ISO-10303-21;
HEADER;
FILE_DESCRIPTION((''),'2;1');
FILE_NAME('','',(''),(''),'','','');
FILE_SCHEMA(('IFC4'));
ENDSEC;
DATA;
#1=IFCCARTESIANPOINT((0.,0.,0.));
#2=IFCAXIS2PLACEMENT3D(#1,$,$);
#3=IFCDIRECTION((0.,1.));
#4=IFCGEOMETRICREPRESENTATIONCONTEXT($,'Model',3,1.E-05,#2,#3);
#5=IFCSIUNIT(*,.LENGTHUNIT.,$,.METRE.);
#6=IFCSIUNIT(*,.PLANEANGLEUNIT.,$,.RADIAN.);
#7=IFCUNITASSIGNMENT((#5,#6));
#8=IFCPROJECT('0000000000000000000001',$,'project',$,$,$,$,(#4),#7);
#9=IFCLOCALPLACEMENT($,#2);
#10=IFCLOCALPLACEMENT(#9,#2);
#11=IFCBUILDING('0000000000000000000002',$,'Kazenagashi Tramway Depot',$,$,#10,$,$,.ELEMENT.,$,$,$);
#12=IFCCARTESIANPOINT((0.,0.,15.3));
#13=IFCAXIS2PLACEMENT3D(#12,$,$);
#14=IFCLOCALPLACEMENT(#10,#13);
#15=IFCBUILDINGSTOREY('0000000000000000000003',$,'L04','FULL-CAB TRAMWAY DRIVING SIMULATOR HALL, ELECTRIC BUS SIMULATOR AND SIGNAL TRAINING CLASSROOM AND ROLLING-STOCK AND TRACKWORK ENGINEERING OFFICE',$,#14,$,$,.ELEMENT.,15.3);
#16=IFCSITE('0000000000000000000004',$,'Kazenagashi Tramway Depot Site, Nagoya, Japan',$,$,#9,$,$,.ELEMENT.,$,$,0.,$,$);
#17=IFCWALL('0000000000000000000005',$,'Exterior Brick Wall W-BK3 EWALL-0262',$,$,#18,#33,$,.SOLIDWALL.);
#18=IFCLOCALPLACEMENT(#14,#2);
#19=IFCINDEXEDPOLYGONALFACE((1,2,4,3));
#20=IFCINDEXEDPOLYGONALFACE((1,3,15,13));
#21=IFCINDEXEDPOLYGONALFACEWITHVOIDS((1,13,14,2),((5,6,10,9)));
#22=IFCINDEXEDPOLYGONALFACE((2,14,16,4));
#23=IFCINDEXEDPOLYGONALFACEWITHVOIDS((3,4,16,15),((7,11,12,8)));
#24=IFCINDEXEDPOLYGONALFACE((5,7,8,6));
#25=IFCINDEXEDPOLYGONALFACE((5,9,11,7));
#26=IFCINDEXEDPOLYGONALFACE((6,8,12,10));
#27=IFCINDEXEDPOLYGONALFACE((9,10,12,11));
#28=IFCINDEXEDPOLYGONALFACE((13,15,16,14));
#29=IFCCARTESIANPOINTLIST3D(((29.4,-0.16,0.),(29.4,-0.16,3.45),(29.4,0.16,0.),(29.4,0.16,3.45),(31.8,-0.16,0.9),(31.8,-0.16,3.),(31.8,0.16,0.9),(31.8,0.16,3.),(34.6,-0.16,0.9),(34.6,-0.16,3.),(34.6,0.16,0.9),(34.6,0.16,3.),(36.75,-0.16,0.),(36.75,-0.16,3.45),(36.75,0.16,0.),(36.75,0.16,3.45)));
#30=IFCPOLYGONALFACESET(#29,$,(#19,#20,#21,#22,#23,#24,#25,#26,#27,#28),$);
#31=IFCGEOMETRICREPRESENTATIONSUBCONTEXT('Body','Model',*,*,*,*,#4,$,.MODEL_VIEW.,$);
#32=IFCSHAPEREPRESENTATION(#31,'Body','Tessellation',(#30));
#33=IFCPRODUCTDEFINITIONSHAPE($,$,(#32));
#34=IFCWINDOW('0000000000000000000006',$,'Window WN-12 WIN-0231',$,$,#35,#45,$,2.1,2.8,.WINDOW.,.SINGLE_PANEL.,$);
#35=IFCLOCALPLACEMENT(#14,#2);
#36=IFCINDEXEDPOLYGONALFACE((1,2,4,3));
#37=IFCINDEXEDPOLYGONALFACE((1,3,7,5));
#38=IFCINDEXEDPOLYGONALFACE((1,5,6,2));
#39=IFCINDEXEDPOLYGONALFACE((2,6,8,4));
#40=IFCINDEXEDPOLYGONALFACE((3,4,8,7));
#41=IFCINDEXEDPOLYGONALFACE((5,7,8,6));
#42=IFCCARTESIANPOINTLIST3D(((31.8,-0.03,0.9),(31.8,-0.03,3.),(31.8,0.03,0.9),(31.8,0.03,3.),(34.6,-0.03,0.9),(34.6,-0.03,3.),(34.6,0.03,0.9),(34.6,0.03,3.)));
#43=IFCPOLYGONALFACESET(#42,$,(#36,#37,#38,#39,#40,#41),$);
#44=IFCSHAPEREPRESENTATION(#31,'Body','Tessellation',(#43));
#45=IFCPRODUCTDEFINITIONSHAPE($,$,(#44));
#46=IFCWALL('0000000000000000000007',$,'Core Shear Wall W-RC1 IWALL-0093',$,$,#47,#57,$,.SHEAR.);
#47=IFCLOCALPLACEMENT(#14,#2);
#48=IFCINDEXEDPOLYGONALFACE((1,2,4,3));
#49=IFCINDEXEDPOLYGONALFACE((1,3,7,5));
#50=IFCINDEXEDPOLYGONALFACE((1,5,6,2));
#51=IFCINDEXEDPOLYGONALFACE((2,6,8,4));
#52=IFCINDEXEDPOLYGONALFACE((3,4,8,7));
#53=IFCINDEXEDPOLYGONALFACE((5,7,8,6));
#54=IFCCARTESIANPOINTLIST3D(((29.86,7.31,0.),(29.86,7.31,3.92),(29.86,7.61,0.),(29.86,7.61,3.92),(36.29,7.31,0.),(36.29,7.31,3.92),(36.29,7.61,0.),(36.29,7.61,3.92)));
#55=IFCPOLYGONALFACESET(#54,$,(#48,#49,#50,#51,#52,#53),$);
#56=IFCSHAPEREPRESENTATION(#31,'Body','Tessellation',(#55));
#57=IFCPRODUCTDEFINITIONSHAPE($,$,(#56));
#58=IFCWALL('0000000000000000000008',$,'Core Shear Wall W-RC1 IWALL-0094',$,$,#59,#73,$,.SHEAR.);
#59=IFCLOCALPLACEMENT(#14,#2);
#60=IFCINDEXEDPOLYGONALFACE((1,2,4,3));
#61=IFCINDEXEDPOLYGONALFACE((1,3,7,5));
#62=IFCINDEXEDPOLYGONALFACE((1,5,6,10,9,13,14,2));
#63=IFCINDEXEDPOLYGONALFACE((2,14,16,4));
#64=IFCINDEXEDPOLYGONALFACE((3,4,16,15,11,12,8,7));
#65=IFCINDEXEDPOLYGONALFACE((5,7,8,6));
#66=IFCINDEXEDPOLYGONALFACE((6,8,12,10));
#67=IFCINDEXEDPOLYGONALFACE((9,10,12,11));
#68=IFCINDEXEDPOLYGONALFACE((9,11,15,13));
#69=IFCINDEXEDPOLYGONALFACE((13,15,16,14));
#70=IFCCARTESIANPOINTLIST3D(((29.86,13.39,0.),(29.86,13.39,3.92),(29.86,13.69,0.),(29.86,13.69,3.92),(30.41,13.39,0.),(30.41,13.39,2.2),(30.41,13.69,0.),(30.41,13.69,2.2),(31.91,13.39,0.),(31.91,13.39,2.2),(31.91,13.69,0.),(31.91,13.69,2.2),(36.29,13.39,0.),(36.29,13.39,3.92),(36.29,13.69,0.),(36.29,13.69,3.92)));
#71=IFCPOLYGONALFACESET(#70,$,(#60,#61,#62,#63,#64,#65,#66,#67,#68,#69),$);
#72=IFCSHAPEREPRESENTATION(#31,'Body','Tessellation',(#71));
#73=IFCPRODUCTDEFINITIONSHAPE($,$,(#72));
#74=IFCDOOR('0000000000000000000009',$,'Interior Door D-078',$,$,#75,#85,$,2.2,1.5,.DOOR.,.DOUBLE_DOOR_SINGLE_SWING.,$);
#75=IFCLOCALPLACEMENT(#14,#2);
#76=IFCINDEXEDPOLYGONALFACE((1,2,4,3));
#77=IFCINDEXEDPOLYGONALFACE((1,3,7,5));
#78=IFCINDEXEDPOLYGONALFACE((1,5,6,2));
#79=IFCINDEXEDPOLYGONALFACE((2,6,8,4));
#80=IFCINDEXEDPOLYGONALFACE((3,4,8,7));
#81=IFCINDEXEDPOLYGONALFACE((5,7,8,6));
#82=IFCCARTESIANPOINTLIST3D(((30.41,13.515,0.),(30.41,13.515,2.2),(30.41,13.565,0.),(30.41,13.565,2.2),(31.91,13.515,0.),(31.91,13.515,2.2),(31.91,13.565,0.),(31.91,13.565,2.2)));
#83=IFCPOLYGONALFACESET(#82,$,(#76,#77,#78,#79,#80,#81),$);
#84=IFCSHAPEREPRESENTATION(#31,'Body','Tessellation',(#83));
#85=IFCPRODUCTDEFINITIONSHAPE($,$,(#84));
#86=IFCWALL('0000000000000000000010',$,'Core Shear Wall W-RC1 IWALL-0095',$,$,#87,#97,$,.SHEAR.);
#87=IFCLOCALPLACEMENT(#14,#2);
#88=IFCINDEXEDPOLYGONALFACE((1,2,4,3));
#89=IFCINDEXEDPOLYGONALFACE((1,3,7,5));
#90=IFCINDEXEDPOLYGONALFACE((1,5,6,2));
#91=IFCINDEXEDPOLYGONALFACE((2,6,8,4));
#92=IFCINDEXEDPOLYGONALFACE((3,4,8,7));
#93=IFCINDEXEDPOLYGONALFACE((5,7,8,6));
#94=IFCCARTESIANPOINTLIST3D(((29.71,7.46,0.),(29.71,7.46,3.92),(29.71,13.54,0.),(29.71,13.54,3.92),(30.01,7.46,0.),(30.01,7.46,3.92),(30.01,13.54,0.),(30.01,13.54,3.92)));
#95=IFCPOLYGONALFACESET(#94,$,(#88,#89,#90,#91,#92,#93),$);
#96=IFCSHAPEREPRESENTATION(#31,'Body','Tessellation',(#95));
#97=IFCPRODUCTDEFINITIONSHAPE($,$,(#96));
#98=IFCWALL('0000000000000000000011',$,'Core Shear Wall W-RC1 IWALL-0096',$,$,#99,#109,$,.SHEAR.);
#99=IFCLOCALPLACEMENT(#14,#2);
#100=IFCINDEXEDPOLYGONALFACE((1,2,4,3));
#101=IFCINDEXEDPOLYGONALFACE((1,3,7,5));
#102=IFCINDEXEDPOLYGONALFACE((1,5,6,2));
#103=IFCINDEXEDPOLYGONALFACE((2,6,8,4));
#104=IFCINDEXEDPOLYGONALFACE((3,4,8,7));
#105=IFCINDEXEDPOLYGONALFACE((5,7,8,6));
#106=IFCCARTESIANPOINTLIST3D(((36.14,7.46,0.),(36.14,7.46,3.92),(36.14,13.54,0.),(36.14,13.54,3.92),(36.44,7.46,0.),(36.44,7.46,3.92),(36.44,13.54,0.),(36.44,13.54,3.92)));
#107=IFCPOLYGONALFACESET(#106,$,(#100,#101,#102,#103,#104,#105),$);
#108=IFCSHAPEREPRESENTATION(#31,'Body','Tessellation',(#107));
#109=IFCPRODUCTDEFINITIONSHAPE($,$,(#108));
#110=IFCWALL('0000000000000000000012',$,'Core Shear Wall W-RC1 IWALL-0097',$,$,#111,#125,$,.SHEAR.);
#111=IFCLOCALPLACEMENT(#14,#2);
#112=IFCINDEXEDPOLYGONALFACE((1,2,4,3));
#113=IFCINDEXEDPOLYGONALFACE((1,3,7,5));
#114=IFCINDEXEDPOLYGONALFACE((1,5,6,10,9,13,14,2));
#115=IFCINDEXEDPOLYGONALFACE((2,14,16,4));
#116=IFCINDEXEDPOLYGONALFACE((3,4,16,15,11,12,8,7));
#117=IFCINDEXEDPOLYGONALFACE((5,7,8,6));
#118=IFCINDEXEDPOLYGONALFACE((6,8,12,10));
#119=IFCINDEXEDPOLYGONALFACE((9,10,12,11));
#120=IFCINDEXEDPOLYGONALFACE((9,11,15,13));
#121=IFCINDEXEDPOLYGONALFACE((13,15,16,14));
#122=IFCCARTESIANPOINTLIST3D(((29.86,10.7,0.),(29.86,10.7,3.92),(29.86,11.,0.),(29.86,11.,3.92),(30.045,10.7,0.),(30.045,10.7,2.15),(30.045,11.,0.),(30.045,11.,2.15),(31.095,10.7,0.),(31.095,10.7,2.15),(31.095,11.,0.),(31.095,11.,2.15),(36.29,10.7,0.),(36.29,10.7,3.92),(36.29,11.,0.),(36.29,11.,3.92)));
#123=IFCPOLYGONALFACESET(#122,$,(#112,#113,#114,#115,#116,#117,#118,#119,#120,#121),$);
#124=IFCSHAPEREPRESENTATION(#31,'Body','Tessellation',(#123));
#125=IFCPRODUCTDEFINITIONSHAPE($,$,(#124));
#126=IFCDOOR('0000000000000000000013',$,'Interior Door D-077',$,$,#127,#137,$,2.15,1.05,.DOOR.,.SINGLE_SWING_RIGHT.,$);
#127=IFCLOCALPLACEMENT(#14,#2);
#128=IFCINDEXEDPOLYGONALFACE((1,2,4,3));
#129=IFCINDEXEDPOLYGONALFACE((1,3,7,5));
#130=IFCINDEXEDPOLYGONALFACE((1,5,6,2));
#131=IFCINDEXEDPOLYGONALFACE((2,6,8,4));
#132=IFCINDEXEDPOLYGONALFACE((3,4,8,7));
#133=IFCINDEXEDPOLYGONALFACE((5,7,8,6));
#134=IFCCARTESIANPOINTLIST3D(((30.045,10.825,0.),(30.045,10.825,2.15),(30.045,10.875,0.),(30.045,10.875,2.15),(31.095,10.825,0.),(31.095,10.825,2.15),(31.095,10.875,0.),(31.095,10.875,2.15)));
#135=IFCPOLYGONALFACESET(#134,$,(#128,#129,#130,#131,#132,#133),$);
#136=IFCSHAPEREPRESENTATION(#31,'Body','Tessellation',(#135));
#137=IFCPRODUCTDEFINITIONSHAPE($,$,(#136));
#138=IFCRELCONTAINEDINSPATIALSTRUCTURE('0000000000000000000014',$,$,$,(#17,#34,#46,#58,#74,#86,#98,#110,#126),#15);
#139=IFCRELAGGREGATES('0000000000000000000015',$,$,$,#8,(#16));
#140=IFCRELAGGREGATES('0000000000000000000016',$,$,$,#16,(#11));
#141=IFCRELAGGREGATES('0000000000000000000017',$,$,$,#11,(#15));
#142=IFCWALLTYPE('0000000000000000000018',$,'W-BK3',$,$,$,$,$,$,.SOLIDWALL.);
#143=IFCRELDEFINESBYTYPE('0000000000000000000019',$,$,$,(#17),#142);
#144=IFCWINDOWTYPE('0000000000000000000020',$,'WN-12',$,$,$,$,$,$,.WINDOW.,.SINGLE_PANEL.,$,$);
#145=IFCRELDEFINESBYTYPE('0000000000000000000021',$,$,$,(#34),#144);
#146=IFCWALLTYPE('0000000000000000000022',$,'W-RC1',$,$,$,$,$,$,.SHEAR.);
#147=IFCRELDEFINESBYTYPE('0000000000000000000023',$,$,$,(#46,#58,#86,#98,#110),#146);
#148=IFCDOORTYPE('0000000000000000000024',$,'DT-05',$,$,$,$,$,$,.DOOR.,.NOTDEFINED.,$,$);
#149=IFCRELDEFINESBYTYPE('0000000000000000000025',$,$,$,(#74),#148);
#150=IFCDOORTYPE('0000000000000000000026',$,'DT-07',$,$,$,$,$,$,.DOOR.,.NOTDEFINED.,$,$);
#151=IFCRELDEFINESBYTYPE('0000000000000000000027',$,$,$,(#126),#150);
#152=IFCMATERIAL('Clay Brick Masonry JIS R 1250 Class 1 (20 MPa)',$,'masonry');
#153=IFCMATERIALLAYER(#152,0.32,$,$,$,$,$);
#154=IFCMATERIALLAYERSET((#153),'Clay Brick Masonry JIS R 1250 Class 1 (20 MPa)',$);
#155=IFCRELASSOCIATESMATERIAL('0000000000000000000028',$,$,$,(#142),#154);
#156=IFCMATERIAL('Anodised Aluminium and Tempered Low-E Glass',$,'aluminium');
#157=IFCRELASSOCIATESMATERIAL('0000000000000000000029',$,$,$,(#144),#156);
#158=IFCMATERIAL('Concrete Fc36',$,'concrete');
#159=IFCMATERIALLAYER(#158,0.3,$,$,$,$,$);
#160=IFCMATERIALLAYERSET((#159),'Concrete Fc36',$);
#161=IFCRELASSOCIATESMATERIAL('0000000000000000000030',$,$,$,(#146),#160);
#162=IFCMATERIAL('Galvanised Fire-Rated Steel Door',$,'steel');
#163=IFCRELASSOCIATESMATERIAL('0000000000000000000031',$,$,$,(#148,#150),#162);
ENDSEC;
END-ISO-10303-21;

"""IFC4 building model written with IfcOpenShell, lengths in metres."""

from ifc_helpers import new_model, si_unit, direction, frame, frame_2d, origin, place, context, subcontext, project, spatial, rectangle, extrude, material, layer, layer_set, type_object, element, fill, save


model = new_model("IFC4")

# Units and contexts
model_context = context("Model", 3, precision=1e-05, world=origin(), true_north=direction((0.0, 1.0)))
body_context = subcontext(model_context, "Body", "Model", "MODEL_VIEW")
ifc_project = project(units=[si_unit("LENGTHUNIT", "METRE"), si_unit("PLANEANGLEUNIT", "RADIAN")], contexts=[model_context])

# Site, building, storey
site_placement = place(None, origin())
site = spatial("IfcSite", under=ifc_project, at=site_placement, Name="Kazenagashi Tramway Depot Site, Nagoya, Japan", CompositionType="ELEMENT", RefElevation=0.0)
building_placement = place(site_placement, origin())
building = spatial("IfcBuilding", under=site, at=building_placement, Name="Kazenagashi Tramway Depot", CompositionType="ELEMENT")
storey_placement = place(building_placement, frame((0.0, 0.0, 15.3)))
storey = spatial("IfcBuildingStorey", under=building, at=storey_placement, Name="L04", Description="FULL-CAB TRAMWAY DRIVING SIMULATOR HALL, ELECTRIC BUS SIMULATOR AND SIGNAL TRAINING CLASSROOM AND ROLLING-STOCK AND TRACKWORK ENGINEERING OFFICE", CompositionType="ELEMENT", Elevation=15.3)

# Wall, opening, window
ifc_material_1 = material(Name="Clay Brick Masonry JIS R 1250 Class 1 (20 MPa)", Category="masonry")
ifc_layer_1 = layer(ifc_material_1, 0.32)
ifc_layer_set_1 = layer_set([ifc_layer_1], Name="Clay Brick Masonry JIS R 1250 Class 1 (20 MPa)")
wall_type_1 = type_object("IfcWallType", Name="W-BK3", PredefinedType="SOLIDWALL", material=ifc_layer_set_1)
wall_1_placement = place(storey_placement, frame((29.4, 0.0, 0.0), z_axis=(0.0, 0.0, 1.0), x_axis=(1.0, 0.0, 0.0)))
wall_1 = element("IfcWall", 1, at=wall_1_placement, inside=storey, type_object=wall_type_1, Name="Exterior Brick Wall W-BK3 EWALL-0262", PredefinedType="SOLIDWALL", context=body_context, shape_type="SweptSolid", body=[
    extrude(rectangle(XDim=7.35, YDim=0.32, at=frame_2d((3.675, 0.0))), origin(), (0.0, 0.0, 1.0), 3.45),
])
opening_1_placement = place(wall_1_placement, frame((2.4, 0.0, 0.9)))
opening_1 = element("IfcOpeningElement", 2, at=opening_1_placement, cuts=wall_1, PredefinedType="OPENING", context=body_context, shape_type="SweptSolid", body=[
    extrude(rectangle(XDim=2.8, YDim=2.1, at=frame_2d((1.4, 1.05))), frame((0.0, 0.17, 0.0), z_axis=(0.0, -1.0, 0.0), x_axis=(1.0, 0.0, 0.0)), (0.0, 0.0, 1.0), 0.34),
])
ifc_material_2 = material(Name="Anodised Aluminium and Tempered Low-E Glass", Category="aluminium")
window_type = type_object("IfcWindowType", Name="WN-12", PartitioningType="SINGLE_PANEL", PredefinedType="WINDOW", material=ifc_material_2)
window_placement = place(opening_1_placement, origin())
window = element("IfcWindow", 3, at=window_placement, inside=storey, type_object=window_type, Name="Window WN-12 WIN-0231", OverallHeight=2.1, OverallWidth=2.8, PartitioningType="SINGLE_PANEL", PredefinedType="WINDOW", context=body_context, shape_type="SweptSolid", body=[
    extrude(rectangle(XDim=2.8, YDim=2.1, at=frame_2d((1.4, 1.05))), frame((0.0, 0.03, 0.0), z_axis=(0.0, -1.0, 0.0), x_axis=(1.0, 0.0, 0.0)), (0.0, 0.0, 1.0), 0.06),
])
fill(opening_1, window)

# Wall
ifc_material_3 = material(Name="Concrete Fc36", Category="concrete")
ifc_layer_2 = layer(ifc_material_3, 0.3)
ifc_layer_set_2 = layer_set([ifc_layer_2], Name="Concrete Fc36")
wall_type_2 = type_object("IfcWallType", Name="W-RC1", PredefinedType="SHEAR", material=ifc_layer_set_2)
wall_2_placement = place(storey_placement, frame((29.86, 7.46, 0.0), z_axis=(0.0, 0.0, 1.0), x_axis=(1.0, 0.0, 0.0)))
element("IfcWall", 4, at=wall_2_placement, inside=storey, type_object=wall_type_2, Name="Core Shear Wall W-RC1 IWALL-0093", PredefinedType="SHEAR", context=body_context, shape_type="SweptSolid", body=[
    extrude(rectangle(XDim=6.43, YDim=0.3, at=frame_2d((3.215, 0.0))), origin(), (0.0, 0.0, 1.0), 3.92),
])

# Wall, opening, door
wall_3_placement = place(storey_placement, frame((29.86, 13.54, 0.0), z_axis=(0.0, 0.0, 1.0), x_axis=(1.0, 0.0, 0.0)))
wall_3 = element("IfcWall", 5, at=wall_3_placement, inside=storey, type_object=wall_type_2, Name="Core Shear Wall W-RC1 IWALL-0094", PredefinedType="SHEAR", context=body_context, shape_type="SweptSolid", body=[
    extrude(rectangle(XDim=6.43, YDim=0.3, at=frame_2d((3.215, 0.0))), origin(), (0.0, 0.0, 1.0), 3.92),
])
opening_2_placement = place(wall_3_placement, frame((0.55, 0.0, 0.0)))
opening_2 = element("IfcOpeningElement", 6, at=opening_2_placement, cuts=wall_3, PredefinedType="OPENING", context=body_context, shape_type="SweptSolid", body=[
    extrude(rectangle(XDim=1.5, YDim=2.2, at=frame_2d((0.75, 1.1))), frame((0.0, 0.16, 0.0), z_axis=(0.0, -1.0, 0.0), x_axis=(1.0, 0.0, 0.0)), (0.0, 0.0, 1.0), 0.32),
])
ifc_material_4 = material(Name="Galvanised Fire-Rated Steel Door", Category="steel")
door_type_1 = type_object("IfcDoorType", Name="DT-05", OperationType="NOTDEFINED", PredefinedType="DOOR", material=ifc_material_4)
door_1_placement = place(opening_2_placement, origin())
door_1 = element("IfcDoor", 7, at=door_1_placement, inside=storey, type_object=door_type_1, Name="Interior Door D-078", OperationType="DOUBLE_DOOR_SINGLE_SWING", OverallHeight=2.2, OverallWidth=1.5, PredefinedType="DOOR", context=body_context, shape_type="SweptSolid", body=[
    extrude(rectangle(XDim=1.5, YDim=2.2, at=frame_2d((0.75, 1.1))), frame((0.0, 0.025, 0.0), z_axis=(0.0, -1.0, 0.0), x_axis=(1.0, 0.0, 0.0)), (0.0, 0.0, 1.0), 0.05),
])
fill(opening_2, door_1)

# Walls
for number, where, z_axis, x_axis, name in (
    (8, (29.86, 7.46, 0.0), (0.0, 0.0, 1.0), (0.0, 1.0, 0.0), "Core Shear Wall W-RC1 IWALL-0095"),
    (9, (36.29, 7.46, 0.0), (0.0, 0.0, 1.0), (0.0, 1.0, 0.0), "Core Shear Wall W-RC1 IWALL-0096"),
):
    element("IfcWall", number, at=place(storey_placement, frame(where, z_axis=z_axis, x_axis=x_axis)), inside=storey, type_object=wall_type_2, Name=name, PredefinedType="SHEAR", context=body_context, shape_type="SweptSolid", body=[
        extrude(rectangle(XDim=6.08, YDim=0.3, at=frame_2d((3.04, 0.0))), origin(), (0.0, 0.0, 1.0), 3.92),
    ])

# Wall, opening, door
wall_4_placement = place(storey_placement, frame((29.86, 10.85, 0.0), z_axis=(0.0, 0.0, 1.0), x_axis=(1.0, 0.0, 0.0)))
wall_4 = element("IfcWall", 10, at=wall_4_placement, inside=storey, type_object=wall_type_2, Name="Core Shear Wall W-RC1 IWALL-0097", PredefinedType="SHEAR", context=body_context, shape_type="SweptSolid", body=[
    extrude(rectangle(XDim=6.43, YDim=0.3, at=frame_2d((3.215, 0.0))), origin(), (0.0, 0.0, 1.0), 3.92),
])
opening_3_placement = place(wall_4_placement, frame((0.185, 0.0, 0.0)))
opening_3 = element("IfcOpeningElement", 11, at=opening_3_placement, cuts=wall_4, PredefinedType="OPENING", context=body_context, shape_type="SweptSolid", body=[
    extrude(rectangle(XDim=1.05, YDim=2.15, at=frame_2d((0.525, 1.075))), frame((0.0, 0.16, 0.0), z_axis=(0.0, -1.0, 0.0), x_axis=(1.0, 0.0, 0.0)), (0.0, 0.0, 1.0), 0.32),
])
door_type_2 = type_object("IfcDoorType", Name="DT-07", OperationType="NOTDEFINED", PredefinedType="DOOR", material=ifc_material_4)
door_2_placement = place(opening_3_placement, origin())
door_2 = element("IfcDoor", 12, at=door_2_placement, inside=storey, type_object=door_type_2, Name="Interior Door D-077", OperationType="SINGLE_SWING_RIGHT", OverallHeight=2.15, OverallWidth=1.05, PredefinedType="DOOR", context=body_context, shape_type="SweptSolid", body=[
    extrude(rectangle(XDim=1.05, YDim=2.15, at=frame_2d((0.525, 1.075))), frame((0.0, 0.025, 0.0), z_axis=(0.0, -1.0, 0.0), x_axis=(1.0, 0.0, 0.0)), (0.0, 0.0, 1.0), 0.05),
])
fill(opening_3, door_2)

save(model, "model.ifc")
